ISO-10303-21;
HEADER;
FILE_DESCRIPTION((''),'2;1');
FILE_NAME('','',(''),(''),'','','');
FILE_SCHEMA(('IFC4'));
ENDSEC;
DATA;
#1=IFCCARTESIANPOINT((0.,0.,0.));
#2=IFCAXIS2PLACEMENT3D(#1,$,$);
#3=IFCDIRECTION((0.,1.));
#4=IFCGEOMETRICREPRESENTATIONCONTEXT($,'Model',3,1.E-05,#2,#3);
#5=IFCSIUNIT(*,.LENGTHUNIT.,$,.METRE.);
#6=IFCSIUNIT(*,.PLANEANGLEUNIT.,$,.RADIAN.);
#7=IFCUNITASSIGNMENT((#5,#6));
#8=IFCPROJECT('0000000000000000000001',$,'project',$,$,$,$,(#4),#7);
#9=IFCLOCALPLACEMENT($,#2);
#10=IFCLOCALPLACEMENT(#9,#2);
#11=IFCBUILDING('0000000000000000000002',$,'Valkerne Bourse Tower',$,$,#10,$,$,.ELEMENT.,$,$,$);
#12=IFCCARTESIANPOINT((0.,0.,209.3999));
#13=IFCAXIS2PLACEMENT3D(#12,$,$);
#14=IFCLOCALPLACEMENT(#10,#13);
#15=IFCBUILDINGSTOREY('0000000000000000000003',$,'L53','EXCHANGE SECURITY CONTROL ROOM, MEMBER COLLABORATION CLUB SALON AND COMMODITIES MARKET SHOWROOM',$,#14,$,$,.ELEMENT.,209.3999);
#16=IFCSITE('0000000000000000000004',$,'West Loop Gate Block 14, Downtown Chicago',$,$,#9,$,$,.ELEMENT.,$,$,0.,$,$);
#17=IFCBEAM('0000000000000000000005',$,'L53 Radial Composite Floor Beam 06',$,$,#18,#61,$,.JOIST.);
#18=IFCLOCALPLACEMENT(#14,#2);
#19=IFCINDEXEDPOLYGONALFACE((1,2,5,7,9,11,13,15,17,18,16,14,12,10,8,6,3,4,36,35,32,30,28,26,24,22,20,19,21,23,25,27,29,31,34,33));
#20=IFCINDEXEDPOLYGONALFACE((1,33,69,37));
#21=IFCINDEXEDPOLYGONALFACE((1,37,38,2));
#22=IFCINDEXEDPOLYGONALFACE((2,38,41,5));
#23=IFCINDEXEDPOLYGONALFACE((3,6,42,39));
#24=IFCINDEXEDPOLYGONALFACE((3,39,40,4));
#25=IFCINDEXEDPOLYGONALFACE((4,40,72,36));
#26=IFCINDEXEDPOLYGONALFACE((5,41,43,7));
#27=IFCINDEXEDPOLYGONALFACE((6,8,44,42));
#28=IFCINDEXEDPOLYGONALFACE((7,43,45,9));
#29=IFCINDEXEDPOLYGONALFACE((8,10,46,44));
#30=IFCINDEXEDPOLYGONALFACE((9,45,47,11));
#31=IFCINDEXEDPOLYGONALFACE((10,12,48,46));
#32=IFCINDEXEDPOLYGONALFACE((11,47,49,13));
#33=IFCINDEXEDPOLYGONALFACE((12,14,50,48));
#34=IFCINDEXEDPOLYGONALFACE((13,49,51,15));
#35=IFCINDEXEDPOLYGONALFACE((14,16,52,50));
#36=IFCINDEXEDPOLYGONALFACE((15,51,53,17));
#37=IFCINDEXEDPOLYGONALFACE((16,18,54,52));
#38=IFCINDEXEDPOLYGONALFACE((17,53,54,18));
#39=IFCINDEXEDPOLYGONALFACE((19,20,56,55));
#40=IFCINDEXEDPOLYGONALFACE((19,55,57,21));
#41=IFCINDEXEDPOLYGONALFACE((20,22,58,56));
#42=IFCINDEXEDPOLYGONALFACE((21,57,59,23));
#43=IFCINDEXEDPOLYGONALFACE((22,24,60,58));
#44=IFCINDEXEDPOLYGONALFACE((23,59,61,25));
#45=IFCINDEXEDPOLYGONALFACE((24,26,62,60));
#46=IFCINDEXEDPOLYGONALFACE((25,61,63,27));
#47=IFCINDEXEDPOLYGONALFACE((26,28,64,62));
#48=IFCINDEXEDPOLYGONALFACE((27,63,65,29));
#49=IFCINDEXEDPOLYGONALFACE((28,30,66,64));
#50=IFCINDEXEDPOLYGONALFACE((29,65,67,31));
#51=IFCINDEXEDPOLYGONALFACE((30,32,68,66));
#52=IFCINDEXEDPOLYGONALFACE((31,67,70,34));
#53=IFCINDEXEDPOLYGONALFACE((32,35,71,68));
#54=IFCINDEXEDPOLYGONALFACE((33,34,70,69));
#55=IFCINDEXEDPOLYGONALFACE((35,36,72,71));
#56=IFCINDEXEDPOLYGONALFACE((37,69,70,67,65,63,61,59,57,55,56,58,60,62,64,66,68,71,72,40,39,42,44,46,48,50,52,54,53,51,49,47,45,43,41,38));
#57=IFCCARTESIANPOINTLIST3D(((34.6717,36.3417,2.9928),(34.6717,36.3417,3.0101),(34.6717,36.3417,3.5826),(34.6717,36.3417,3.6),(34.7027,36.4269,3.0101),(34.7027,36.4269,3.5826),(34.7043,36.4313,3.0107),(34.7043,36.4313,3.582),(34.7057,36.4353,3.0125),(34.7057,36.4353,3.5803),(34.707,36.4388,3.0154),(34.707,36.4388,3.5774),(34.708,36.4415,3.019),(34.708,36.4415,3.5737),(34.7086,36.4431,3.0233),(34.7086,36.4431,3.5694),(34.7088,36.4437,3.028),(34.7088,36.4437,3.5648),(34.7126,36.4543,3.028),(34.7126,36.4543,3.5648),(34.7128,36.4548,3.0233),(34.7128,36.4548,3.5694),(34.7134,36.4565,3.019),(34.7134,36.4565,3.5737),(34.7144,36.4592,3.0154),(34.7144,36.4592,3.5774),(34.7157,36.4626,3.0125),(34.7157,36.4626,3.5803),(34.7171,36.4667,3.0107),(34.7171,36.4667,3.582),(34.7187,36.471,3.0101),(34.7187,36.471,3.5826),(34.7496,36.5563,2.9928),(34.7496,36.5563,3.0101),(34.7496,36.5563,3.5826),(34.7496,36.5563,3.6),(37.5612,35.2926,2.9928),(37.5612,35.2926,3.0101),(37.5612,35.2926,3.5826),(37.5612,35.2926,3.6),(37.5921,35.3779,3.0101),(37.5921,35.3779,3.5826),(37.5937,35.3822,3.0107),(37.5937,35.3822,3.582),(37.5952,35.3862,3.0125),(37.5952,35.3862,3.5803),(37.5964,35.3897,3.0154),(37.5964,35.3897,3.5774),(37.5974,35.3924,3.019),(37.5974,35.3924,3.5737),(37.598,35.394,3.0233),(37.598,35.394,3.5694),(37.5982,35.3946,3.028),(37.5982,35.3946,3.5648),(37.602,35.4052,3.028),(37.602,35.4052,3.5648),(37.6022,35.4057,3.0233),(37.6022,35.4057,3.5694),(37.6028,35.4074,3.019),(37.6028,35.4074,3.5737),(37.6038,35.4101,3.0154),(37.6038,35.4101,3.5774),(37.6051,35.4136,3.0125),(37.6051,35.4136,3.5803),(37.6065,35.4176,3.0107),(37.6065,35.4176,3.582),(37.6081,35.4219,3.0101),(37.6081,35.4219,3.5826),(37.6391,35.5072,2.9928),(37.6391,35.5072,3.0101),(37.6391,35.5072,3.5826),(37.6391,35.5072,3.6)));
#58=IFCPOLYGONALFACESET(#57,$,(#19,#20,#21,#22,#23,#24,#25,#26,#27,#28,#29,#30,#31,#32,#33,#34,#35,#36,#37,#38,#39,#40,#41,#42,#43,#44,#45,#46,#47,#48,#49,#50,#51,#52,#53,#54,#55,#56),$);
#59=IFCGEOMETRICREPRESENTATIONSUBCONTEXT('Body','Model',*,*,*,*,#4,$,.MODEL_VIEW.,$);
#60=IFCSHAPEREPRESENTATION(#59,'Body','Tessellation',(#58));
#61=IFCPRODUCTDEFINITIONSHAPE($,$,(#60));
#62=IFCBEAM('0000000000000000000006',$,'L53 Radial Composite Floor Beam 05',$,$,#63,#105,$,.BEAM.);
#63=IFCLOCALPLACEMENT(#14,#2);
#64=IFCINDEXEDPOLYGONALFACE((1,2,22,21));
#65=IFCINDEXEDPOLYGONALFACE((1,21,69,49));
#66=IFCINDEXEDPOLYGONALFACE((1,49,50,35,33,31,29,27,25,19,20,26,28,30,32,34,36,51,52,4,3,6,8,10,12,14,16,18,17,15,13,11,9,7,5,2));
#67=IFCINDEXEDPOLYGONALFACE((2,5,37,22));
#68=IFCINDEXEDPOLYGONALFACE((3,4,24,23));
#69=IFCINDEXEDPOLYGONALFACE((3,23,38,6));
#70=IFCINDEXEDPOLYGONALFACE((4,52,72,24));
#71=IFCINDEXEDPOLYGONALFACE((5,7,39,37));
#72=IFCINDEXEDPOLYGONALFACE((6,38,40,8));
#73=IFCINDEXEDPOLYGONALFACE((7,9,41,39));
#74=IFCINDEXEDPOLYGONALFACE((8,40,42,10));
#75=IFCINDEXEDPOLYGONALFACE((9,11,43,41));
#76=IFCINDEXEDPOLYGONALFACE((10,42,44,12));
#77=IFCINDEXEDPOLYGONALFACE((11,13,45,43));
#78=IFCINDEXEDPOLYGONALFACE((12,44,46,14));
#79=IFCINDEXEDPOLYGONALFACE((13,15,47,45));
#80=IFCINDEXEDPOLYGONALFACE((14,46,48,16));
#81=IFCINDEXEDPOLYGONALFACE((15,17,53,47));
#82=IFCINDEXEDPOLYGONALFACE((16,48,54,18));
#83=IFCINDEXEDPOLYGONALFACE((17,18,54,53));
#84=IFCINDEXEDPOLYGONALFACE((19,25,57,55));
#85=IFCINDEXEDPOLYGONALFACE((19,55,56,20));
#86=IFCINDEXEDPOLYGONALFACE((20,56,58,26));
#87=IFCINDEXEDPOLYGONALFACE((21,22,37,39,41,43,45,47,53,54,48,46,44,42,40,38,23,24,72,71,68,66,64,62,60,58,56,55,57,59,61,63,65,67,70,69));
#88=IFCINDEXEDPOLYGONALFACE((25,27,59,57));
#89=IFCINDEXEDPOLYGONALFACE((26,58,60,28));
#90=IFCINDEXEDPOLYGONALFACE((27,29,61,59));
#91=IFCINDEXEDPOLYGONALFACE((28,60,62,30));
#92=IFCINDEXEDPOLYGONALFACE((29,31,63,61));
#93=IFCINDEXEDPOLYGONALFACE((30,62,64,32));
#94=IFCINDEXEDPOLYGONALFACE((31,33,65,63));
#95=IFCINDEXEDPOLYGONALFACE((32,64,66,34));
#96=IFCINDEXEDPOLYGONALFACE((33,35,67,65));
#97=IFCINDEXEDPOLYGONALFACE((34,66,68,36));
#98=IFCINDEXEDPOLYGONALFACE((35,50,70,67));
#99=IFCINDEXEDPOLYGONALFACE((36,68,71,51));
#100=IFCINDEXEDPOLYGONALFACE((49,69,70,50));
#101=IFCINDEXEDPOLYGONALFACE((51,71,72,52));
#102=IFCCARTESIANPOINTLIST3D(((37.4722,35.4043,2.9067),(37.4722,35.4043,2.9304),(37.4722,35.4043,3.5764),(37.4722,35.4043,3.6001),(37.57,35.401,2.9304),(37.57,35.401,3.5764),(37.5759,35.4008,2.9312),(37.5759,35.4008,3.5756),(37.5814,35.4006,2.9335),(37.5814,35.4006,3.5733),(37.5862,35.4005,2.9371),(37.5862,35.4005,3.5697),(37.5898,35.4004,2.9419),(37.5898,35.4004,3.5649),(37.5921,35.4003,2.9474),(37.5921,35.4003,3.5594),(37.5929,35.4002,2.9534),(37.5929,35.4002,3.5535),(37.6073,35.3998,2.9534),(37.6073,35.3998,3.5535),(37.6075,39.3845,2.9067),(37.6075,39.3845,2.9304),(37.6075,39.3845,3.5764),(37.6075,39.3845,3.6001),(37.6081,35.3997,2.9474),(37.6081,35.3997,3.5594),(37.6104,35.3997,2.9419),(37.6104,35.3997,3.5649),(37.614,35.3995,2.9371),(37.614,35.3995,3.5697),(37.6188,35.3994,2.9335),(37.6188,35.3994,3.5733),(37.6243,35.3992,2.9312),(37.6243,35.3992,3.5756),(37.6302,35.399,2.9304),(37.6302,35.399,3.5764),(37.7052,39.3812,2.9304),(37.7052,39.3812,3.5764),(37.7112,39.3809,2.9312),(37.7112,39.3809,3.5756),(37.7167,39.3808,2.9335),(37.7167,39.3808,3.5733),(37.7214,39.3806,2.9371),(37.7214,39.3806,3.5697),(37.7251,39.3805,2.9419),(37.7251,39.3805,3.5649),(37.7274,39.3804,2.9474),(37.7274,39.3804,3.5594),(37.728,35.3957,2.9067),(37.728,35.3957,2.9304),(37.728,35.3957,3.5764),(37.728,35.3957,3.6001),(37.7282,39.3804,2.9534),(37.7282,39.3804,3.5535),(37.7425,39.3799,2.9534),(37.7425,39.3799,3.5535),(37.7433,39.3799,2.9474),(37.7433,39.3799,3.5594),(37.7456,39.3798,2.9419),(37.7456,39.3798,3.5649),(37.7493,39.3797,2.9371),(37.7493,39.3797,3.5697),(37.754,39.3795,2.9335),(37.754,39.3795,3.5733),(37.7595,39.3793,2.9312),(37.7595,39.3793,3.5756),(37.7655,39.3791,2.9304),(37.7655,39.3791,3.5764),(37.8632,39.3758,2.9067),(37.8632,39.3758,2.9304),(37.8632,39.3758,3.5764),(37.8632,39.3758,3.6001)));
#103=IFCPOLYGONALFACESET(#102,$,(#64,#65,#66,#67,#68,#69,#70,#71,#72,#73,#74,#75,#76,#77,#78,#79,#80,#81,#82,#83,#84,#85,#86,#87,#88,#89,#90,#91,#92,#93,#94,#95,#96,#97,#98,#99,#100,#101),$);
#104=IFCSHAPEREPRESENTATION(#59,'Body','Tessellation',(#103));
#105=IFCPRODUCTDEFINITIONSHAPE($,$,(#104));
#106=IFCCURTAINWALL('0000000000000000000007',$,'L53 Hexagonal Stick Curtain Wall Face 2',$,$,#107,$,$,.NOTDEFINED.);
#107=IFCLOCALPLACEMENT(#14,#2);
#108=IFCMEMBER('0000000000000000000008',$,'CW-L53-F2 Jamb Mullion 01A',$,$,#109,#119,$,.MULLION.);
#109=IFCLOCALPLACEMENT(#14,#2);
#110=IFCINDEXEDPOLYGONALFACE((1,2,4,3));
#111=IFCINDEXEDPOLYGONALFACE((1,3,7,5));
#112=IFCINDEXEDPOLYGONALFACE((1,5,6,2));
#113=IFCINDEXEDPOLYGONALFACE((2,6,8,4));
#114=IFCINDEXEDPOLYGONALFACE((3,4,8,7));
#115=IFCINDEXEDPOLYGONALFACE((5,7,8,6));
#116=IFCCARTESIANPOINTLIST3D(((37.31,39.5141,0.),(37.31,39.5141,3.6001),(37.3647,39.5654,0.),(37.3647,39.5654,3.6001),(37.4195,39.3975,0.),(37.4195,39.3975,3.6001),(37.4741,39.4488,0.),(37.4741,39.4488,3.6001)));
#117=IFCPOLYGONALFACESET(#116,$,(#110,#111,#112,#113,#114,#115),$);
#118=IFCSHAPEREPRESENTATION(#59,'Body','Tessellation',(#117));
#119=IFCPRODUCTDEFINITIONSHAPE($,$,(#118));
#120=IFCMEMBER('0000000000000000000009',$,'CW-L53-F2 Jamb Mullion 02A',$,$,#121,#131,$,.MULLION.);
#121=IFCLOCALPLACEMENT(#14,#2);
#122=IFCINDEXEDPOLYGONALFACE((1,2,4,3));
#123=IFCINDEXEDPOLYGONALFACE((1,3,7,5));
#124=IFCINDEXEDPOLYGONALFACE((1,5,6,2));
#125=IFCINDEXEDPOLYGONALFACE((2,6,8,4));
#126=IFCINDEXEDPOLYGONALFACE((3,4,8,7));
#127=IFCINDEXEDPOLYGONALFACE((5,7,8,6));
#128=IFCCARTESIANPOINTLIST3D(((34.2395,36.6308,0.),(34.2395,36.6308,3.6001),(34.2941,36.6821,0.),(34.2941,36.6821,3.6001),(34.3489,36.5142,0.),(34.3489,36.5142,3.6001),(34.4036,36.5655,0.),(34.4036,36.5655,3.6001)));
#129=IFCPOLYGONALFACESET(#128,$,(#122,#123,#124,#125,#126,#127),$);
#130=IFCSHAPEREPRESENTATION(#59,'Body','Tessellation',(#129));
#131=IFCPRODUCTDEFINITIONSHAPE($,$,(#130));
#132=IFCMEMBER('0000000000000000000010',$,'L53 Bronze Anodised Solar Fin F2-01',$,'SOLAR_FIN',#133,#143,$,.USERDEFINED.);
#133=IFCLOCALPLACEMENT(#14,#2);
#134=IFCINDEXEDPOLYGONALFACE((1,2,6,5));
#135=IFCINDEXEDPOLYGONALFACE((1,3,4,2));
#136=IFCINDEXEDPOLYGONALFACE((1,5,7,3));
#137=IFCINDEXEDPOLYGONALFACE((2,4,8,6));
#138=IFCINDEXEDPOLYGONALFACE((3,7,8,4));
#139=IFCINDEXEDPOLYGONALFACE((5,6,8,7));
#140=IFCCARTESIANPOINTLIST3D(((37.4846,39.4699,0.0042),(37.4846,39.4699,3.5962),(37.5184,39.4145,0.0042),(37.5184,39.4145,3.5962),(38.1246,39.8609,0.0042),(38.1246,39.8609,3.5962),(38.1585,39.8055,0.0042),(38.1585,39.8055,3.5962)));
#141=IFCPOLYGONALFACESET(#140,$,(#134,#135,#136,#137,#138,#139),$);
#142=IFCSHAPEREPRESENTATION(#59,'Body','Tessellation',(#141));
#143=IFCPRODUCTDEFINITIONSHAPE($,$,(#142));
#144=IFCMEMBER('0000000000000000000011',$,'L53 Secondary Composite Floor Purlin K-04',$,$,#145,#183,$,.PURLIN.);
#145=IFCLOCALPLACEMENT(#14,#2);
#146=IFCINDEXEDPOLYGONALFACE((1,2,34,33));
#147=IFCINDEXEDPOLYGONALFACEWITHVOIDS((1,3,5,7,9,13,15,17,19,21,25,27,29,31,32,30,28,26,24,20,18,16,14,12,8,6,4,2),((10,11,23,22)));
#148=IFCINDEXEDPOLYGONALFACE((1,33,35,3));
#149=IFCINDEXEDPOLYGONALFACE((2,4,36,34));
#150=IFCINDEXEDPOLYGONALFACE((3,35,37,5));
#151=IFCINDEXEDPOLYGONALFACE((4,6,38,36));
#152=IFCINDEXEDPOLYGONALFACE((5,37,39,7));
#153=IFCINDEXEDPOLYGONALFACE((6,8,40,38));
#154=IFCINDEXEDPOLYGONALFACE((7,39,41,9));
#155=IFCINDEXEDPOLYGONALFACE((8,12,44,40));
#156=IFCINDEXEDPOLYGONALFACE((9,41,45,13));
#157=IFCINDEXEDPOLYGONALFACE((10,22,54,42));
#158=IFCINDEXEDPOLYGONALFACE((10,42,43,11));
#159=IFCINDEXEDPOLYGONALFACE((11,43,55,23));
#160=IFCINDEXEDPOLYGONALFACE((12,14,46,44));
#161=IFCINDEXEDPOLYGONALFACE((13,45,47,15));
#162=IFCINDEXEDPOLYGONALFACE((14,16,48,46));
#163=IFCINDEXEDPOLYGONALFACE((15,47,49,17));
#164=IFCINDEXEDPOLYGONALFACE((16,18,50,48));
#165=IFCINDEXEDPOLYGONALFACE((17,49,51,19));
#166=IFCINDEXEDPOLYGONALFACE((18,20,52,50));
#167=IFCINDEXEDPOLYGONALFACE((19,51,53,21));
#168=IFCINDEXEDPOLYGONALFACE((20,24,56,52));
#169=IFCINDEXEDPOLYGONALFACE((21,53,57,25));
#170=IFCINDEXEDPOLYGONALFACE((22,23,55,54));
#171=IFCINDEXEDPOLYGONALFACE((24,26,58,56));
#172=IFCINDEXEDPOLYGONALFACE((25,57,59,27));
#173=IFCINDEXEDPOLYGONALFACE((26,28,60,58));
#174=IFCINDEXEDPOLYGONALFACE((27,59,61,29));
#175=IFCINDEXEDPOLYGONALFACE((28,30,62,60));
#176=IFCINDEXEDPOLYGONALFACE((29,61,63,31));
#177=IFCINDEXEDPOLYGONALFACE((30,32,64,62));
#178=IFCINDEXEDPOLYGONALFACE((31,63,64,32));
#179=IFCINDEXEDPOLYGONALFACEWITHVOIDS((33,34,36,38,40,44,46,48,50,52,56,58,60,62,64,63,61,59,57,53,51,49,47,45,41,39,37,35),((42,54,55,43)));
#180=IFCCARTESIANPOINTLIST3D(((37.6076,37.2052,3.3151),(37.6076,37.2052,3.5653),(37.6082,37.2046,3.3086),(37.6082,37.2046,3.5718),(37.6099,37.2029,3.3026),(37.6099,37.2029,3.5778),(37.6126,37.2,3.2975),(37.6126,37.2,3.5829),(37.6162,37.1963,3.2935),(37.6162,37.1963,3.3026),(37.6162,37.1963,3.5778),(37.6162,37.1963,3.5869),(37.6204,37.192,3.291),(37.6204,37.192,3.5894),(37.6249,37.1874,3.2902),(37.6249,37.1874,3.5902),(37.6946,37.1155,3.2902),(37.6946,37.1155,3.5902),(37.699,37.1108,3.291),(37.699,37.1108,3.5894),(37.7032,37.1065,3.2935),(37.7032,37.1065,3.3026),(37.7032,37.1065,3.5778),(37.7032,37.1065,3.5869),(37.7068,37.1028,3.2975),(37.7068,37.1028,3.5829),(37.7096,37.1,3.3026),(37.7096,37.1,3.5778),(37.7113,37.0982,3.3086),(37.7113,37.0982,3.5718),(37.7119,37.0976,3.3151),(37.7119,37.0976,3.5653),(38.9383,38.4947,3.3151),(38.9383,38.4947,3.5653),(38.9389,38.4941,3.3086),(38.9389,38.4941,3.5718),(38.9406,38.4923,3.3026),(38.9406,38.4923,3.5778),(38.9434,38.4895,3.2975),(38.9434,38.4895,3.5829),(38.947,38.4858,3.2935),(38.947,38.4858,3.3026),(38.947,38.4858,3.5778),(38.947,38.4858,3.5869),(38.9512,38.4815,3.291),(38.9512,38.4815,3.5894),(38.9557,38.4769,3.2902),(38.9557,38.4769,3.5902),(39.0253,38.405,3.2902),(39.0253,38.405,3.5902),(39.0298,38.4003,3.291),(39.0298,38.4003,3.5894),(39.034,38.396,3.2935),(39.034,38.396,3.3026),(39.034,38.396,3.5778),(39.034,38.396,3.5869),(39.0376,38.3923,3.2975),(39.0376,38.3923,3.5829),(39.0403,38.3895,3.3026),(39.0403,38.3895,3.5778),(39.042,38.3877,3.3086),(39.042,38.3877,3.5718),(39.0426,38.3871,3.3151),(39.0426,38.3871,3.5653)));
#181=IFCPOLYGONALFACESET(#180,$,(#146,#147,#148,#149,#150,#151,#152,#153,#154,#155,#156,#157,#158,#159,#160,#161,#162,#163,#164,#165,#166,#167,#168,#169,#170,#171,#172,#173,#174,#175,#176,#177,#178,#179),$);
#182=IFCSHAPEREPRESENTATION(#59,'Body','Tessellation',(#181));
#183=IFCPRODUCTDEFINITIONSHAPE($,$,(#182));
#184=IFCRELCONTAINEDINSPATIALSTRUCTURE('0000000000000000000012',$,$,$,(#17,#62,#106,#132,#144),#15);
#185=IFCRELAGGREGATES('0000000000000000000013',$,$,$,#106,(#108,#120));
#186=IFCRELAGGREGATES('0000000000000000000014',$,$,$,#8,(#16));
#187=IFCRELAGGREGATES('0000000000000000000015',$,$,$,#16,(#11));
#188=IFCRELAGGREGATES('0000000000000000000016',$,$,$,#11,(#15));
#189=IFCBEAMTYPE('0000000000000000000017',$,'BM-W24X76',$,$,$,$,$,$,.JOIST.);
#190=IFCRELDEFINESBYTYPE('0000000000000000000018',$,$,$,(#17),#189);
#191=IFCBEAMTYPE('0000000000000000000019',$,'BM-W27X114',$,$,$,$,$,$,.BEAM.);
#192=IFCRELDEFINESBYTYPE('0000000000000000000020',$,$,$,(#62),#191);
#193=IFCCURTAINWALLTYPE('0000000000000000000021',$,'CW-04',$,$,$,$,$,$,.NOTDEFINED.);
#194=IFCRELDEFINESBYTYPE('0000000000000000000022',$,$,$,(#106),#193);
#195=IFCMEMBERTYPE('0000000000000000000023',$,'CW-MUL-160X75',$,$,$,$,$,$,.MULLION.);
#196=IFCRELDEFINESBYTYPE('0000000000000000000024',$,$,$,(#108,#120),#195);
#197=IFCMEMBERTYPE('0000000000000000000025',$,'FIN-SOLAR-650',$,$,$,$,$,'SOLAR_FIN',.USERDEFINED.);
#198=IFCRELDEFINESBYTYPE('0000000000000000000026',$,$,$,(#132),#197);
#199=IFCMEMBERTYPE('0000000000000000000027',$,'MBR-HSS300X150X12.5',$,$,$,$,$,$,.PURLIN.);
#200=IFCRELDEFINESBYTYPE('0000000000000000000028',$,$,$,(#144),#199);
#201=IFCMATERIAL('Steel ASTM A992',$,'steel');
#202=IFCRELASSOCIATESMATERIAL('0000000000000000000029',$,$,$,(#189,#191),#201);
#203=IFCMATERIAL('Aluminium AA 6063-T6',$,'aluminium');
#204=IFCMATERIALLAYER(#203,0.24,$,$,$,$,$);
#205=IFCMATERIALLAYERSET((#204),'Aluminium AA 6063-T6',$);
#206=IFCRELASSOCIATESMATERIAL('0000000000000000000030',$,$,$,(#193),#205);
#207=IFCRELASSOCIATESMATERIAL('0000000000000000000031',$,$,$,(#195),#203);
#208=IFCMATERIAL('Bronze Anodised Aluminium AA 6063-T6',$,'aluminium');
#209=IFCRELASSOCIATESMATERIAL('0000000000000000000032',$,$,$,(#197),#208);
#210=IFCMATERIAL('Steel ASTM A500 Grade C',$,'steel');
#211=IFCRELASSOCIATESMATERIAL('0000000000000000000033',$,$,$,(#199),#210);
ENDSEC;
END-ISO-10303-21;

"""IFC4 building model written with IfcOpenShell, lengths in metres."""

from ifc_helpers import new_model, si_unit, direction, frame, origin, origin_2d, place, context, subcontext, project, spatial, rectangle, hollow_rectangle, i_section, extrude, material, layer, layer_set, material_profile, profile_set, type_object, element, aggregate, save


model = new_model("IFC4")

# Units and contexts
model_context = context("Model", 3, precision=1e-05, world=origin(), true_north=direction((0.0, 1.0)))
body_context = subcontext(model_context, "Body", "Model", "MODEL_VIEW")
ifc_project = project(units=[si_unit("LENGTHUNIT", "METRE"), si_unit("PLANEANGLEUNIT", "RADIAN")], contexts=[model_context])

# Site, building, storey
site_placement = place(None, origin())
site = spatial("IfcSite", under=ifc_project, at=site_placement, Name="West Loop Gate Block 14, Downtown Chicago", CompositionType="ELEMENT", RefElevation=0.0)
building_placement = place(site_placement, origin())
building = spatial("IfcBuilding", under=site, at=building_placement, Name="Valkerne Bourse Tower", CompositionType="ELEMENT")
storey_placement = place(building_placement, frame((0.0, 0.0, 209.3999)))
storey = spatial("IfcBuildingStorey", under=building, at=storey_placement, Name="L53", Description="EXCHANGE SECURITY CONTROL ROOM, MEMBER COLLABORATION CLUB SALON AND COMMODITIES MARKET SHOWROOM", CompositionType="ELEMENT", Elevation=209.3999)

# Beams
ifc_material_1 = material(Name="Steel ASTM A992", Category="steel")
ifc_material_profile_1 = material_profile(ifc_material_1, i_section(OverallWidth=0.2283, OverallDepth=0.6072, WebThickness=0.0112, FlangeThickness=0.0173, FilletRadius=0.0178, at=origin_2d()), Name="W24X76")
ifc_profile_set_1 = profile_set([ifc_material_profile_1], Name="Steel ASTM A992")
beam_type_1 = type_object("IfcBeamType", Name="BM-W24X76", PredefinedType="JOIST", material=ifc_profile_set_1)
beam_1_placement = place(storey_placement, frame((34.7107, 36.449, 3.2964), z_axis=(0.939963, -0.341278, 0.0), x_axis=(0.341278, 0.939963, 0.0)))
element("IfcBeam", 1, at=beam_1_placement, inside=storey, type_object=beam_type_1, Name="L53 Radial Composite Floor Beam 06", PredefinedType="JOIST", context=body_context, shape_type="SweptSolid", body=[
    extrude(i_section(OverallWidth=0.2283, OverallDepth=0.6072, WebThickness=0.0112, FlangeThickness=0.0173, FilletRadius=0.0178, at=origin_2d()), origin(), (0.0, 0.0, 1.0), 3.074),
])
ifc_material_profile_2 = material_profile(ifc_material_1, i_section(OverallWidth=0.2559, OverallDepth=0.6934, WebThickness=0.0144, FlangeThickness=0.0237, FilletRadius=0.0229, at=origin_2d()), Name="W27X114")
ifc_profile_set_2 = profile_set([ifc_material_profile_2], Name="Steel ASTM A992")
beam_type_2 = type_object("IfcBeamType", Name="BM-W27X114", PredefinedType="BEAM", material=ifc_profile_set_2)
beam_2_placement = place(storey_placement, frame((37.7354, 39.3801, 3.2534), z_axis=(-0.033962, -0.999423, 0.0), x_axis=(0.999423, -0.033962, 0.0)))
element("IfcBeam", 2, at=beam_2_placement, inside=storey, type_object=beam_type_2, Name="L53 Radial Composite Floor Beam 05", PredefinedType="BEAM", context=body_context, shape_type="SweptSolid", body=[
    extrude(i_section(OverallWidth=0.2559, OverallDepth=0.6934, WebThickness=0.0144, FlangeThickness=0.0237, FilletRadius=0.0229, at=origin_2d()), origin(), (0.0, 0.0, 1.0), 3.9824),
])

# Curtain wall, members
ifc_material_2 = material(Name="Aluminium AA 6063-T6", Category="aluminium")
ifc_layer_1 = layer(ifc_material_2, 0.24)
ifc_layer_set_1 = layer_set([ifc_layer_1], Name="Aluminium AA 6063-T6")
curtain_wall_type = type_object("IfcCurtainWallType", Name="CW-04", PredefinedType="NOTDEFINED", material=ifc_layer_set_1)
curtain_wall_placement = place(storey_placement, origin())
curtain_wall = element("IfcCurtainWall", 3, at=curtain_wall_placement, inside=storey, type_object=curtain_wall_type, Name="L53 Hexagonal Stick Curtain Wall Face 2", PredefinedType="NOTDEFINED")
ifc_material_profile_3 = material_profile(ifc_material_2, rectangle(XDim=0.075, YDim=0.1599, at=origin_2d()), Name="CWM-75X160")
ifc_profile_set_3 = profile_set([ifc_material_profile_3], Name="Aluminium AA 6063-T6")
member_type_1 = type_object("IfcMemberType", Name="CW-MUL-160X75", PredefinedType="MULLION", material=ifc_profile_set_3)
member_1_placement = place(storey_placement, frame((37.3921, 39.4814, 0.0), z_axis=(0.0, 0.0, 1.0), x_axis=(-0.728979, -0.684536, 0.0)))
member_1 = element("IfcMember", 4, at=member_1_placement, type_object=member_type_1, Name="CW-L53-F2 Jamb Mullion 01A", PredefinedType="MULLION", context=body_context, shape_type="SweptSolid", body=[
    extrude(rectangle(XDim=0.075, YDim=0.1599, at=origin_2d()), origin(), (0.0, 0.0, 1.0), 3.6001),
])
member_2_placement = place(storey_placement, frame((34.3215, 36.5981, 0.0), z_axis=(0.0, 0.0, 1.0), x_axis=(-0.728956, -0.68456, 0.0)))
member_2 = element("IfcMember", 5, at=member_2_placement, type_object=member_type_1, Name="CW-L53-F2 Jamb Mullion 02A", PredefinedType="MULLION", context=body_context, shape_type="SweptSolid", body=[
    extrude(rectangle(XDim=0.075, YDim=0.1599, at=origin_2d()), origin(), (0.0, 0.0, 1.0), 3.6001),
])

# Members
ifc_material_3 = material(Name="Bronze Anodised Aluminium AA 6063-T6", Category="aluminium")
ifc_material_profile_4 = material_profile(ifc_material_3, rectangle(XDim=0.0649, YDim=0.75, at=origin_2d()), Name="FIN-65X750")
ifc_profile_set_4 = profile_set([ifc_material_profile_4], Name="Bronze Anodised Aluminium AA 6063-T6")
member_type_2 = type_object("IfcMemberType", Name="FIN-SOLAR-650", ElementType="SOLAR_FIN", PredefinedType="USERDEFINED", material=ifc_profile_set_4)
member_3_placement = place(storey_placement, frame((37.8215, 39.6377, 0.0042), z_axis=(0.0, 0.0, 1.0), x_axis=(-0.521275, 0.853389, 0.0)))
element("IfcMember", 6, at=member_3_placement, inside=storey, type_object=member_type_2, Name="L53 Bronze Anodised Solar Fin F2-01", ObjectType="SOLAR_FIN", PredefinedType="USERDEFINED", context=body_context, shape_type="SweptSolid", body=[
    extrude(rectangle(XDim=0.0649, YDim=0.75, at=origin_2d()), origin(), (0.0, 0.0, 1.0), 3.592),
])
ifc_material_4 = material(Name="Steel ASTM A500 Grade C", Category="steel")
ifc_material_profile_5 = material_profile(ifc_material_4, hollow_rectangle(XDim=0.1499, YDim=0.3, WallThickness=0.0125, OuterFilletRadius=0.0249, at=origin_2d()), Name="HSS300X150X12.5")
ifc_profile_set_5 = profile_set([ifc_material_profile_5], Name="Steel ASTM A500 Grade C")
member_type_3 = type_object("IfcMemberType", Name="MBR-HSS300X150X12.5", PredefinedType="PURLIN", material=ifc_profile_set_5)
member_4_placement = place(storey_placement, frame((38.9905, 38.4409, 3.4402), z_axis=(-0.718152, -0.695887, 0.0), x_axis=(0.695887, -0.718152, 0.0)))
element("IfcMember", 7, at=member_4_placement, inside=storey, type_object=member_type_3, Name="L53 Secondary Composite Floor Purlin K-04", PredefinedType="PURLIN", context=body_context, shape_type="SweptSolid", body=[
    extrude(hollow_rectangle(XDim=0.1499, YDim=0.3, WallThickness=0.0125, OuterFilletRadius=0.0249, at=origin_2d()), origin(), (0.0, 0.0, 1.0), 1.853),
])

aggregate(curtain_wall, [member_1, member_2])

save(model, "model.ifc")
